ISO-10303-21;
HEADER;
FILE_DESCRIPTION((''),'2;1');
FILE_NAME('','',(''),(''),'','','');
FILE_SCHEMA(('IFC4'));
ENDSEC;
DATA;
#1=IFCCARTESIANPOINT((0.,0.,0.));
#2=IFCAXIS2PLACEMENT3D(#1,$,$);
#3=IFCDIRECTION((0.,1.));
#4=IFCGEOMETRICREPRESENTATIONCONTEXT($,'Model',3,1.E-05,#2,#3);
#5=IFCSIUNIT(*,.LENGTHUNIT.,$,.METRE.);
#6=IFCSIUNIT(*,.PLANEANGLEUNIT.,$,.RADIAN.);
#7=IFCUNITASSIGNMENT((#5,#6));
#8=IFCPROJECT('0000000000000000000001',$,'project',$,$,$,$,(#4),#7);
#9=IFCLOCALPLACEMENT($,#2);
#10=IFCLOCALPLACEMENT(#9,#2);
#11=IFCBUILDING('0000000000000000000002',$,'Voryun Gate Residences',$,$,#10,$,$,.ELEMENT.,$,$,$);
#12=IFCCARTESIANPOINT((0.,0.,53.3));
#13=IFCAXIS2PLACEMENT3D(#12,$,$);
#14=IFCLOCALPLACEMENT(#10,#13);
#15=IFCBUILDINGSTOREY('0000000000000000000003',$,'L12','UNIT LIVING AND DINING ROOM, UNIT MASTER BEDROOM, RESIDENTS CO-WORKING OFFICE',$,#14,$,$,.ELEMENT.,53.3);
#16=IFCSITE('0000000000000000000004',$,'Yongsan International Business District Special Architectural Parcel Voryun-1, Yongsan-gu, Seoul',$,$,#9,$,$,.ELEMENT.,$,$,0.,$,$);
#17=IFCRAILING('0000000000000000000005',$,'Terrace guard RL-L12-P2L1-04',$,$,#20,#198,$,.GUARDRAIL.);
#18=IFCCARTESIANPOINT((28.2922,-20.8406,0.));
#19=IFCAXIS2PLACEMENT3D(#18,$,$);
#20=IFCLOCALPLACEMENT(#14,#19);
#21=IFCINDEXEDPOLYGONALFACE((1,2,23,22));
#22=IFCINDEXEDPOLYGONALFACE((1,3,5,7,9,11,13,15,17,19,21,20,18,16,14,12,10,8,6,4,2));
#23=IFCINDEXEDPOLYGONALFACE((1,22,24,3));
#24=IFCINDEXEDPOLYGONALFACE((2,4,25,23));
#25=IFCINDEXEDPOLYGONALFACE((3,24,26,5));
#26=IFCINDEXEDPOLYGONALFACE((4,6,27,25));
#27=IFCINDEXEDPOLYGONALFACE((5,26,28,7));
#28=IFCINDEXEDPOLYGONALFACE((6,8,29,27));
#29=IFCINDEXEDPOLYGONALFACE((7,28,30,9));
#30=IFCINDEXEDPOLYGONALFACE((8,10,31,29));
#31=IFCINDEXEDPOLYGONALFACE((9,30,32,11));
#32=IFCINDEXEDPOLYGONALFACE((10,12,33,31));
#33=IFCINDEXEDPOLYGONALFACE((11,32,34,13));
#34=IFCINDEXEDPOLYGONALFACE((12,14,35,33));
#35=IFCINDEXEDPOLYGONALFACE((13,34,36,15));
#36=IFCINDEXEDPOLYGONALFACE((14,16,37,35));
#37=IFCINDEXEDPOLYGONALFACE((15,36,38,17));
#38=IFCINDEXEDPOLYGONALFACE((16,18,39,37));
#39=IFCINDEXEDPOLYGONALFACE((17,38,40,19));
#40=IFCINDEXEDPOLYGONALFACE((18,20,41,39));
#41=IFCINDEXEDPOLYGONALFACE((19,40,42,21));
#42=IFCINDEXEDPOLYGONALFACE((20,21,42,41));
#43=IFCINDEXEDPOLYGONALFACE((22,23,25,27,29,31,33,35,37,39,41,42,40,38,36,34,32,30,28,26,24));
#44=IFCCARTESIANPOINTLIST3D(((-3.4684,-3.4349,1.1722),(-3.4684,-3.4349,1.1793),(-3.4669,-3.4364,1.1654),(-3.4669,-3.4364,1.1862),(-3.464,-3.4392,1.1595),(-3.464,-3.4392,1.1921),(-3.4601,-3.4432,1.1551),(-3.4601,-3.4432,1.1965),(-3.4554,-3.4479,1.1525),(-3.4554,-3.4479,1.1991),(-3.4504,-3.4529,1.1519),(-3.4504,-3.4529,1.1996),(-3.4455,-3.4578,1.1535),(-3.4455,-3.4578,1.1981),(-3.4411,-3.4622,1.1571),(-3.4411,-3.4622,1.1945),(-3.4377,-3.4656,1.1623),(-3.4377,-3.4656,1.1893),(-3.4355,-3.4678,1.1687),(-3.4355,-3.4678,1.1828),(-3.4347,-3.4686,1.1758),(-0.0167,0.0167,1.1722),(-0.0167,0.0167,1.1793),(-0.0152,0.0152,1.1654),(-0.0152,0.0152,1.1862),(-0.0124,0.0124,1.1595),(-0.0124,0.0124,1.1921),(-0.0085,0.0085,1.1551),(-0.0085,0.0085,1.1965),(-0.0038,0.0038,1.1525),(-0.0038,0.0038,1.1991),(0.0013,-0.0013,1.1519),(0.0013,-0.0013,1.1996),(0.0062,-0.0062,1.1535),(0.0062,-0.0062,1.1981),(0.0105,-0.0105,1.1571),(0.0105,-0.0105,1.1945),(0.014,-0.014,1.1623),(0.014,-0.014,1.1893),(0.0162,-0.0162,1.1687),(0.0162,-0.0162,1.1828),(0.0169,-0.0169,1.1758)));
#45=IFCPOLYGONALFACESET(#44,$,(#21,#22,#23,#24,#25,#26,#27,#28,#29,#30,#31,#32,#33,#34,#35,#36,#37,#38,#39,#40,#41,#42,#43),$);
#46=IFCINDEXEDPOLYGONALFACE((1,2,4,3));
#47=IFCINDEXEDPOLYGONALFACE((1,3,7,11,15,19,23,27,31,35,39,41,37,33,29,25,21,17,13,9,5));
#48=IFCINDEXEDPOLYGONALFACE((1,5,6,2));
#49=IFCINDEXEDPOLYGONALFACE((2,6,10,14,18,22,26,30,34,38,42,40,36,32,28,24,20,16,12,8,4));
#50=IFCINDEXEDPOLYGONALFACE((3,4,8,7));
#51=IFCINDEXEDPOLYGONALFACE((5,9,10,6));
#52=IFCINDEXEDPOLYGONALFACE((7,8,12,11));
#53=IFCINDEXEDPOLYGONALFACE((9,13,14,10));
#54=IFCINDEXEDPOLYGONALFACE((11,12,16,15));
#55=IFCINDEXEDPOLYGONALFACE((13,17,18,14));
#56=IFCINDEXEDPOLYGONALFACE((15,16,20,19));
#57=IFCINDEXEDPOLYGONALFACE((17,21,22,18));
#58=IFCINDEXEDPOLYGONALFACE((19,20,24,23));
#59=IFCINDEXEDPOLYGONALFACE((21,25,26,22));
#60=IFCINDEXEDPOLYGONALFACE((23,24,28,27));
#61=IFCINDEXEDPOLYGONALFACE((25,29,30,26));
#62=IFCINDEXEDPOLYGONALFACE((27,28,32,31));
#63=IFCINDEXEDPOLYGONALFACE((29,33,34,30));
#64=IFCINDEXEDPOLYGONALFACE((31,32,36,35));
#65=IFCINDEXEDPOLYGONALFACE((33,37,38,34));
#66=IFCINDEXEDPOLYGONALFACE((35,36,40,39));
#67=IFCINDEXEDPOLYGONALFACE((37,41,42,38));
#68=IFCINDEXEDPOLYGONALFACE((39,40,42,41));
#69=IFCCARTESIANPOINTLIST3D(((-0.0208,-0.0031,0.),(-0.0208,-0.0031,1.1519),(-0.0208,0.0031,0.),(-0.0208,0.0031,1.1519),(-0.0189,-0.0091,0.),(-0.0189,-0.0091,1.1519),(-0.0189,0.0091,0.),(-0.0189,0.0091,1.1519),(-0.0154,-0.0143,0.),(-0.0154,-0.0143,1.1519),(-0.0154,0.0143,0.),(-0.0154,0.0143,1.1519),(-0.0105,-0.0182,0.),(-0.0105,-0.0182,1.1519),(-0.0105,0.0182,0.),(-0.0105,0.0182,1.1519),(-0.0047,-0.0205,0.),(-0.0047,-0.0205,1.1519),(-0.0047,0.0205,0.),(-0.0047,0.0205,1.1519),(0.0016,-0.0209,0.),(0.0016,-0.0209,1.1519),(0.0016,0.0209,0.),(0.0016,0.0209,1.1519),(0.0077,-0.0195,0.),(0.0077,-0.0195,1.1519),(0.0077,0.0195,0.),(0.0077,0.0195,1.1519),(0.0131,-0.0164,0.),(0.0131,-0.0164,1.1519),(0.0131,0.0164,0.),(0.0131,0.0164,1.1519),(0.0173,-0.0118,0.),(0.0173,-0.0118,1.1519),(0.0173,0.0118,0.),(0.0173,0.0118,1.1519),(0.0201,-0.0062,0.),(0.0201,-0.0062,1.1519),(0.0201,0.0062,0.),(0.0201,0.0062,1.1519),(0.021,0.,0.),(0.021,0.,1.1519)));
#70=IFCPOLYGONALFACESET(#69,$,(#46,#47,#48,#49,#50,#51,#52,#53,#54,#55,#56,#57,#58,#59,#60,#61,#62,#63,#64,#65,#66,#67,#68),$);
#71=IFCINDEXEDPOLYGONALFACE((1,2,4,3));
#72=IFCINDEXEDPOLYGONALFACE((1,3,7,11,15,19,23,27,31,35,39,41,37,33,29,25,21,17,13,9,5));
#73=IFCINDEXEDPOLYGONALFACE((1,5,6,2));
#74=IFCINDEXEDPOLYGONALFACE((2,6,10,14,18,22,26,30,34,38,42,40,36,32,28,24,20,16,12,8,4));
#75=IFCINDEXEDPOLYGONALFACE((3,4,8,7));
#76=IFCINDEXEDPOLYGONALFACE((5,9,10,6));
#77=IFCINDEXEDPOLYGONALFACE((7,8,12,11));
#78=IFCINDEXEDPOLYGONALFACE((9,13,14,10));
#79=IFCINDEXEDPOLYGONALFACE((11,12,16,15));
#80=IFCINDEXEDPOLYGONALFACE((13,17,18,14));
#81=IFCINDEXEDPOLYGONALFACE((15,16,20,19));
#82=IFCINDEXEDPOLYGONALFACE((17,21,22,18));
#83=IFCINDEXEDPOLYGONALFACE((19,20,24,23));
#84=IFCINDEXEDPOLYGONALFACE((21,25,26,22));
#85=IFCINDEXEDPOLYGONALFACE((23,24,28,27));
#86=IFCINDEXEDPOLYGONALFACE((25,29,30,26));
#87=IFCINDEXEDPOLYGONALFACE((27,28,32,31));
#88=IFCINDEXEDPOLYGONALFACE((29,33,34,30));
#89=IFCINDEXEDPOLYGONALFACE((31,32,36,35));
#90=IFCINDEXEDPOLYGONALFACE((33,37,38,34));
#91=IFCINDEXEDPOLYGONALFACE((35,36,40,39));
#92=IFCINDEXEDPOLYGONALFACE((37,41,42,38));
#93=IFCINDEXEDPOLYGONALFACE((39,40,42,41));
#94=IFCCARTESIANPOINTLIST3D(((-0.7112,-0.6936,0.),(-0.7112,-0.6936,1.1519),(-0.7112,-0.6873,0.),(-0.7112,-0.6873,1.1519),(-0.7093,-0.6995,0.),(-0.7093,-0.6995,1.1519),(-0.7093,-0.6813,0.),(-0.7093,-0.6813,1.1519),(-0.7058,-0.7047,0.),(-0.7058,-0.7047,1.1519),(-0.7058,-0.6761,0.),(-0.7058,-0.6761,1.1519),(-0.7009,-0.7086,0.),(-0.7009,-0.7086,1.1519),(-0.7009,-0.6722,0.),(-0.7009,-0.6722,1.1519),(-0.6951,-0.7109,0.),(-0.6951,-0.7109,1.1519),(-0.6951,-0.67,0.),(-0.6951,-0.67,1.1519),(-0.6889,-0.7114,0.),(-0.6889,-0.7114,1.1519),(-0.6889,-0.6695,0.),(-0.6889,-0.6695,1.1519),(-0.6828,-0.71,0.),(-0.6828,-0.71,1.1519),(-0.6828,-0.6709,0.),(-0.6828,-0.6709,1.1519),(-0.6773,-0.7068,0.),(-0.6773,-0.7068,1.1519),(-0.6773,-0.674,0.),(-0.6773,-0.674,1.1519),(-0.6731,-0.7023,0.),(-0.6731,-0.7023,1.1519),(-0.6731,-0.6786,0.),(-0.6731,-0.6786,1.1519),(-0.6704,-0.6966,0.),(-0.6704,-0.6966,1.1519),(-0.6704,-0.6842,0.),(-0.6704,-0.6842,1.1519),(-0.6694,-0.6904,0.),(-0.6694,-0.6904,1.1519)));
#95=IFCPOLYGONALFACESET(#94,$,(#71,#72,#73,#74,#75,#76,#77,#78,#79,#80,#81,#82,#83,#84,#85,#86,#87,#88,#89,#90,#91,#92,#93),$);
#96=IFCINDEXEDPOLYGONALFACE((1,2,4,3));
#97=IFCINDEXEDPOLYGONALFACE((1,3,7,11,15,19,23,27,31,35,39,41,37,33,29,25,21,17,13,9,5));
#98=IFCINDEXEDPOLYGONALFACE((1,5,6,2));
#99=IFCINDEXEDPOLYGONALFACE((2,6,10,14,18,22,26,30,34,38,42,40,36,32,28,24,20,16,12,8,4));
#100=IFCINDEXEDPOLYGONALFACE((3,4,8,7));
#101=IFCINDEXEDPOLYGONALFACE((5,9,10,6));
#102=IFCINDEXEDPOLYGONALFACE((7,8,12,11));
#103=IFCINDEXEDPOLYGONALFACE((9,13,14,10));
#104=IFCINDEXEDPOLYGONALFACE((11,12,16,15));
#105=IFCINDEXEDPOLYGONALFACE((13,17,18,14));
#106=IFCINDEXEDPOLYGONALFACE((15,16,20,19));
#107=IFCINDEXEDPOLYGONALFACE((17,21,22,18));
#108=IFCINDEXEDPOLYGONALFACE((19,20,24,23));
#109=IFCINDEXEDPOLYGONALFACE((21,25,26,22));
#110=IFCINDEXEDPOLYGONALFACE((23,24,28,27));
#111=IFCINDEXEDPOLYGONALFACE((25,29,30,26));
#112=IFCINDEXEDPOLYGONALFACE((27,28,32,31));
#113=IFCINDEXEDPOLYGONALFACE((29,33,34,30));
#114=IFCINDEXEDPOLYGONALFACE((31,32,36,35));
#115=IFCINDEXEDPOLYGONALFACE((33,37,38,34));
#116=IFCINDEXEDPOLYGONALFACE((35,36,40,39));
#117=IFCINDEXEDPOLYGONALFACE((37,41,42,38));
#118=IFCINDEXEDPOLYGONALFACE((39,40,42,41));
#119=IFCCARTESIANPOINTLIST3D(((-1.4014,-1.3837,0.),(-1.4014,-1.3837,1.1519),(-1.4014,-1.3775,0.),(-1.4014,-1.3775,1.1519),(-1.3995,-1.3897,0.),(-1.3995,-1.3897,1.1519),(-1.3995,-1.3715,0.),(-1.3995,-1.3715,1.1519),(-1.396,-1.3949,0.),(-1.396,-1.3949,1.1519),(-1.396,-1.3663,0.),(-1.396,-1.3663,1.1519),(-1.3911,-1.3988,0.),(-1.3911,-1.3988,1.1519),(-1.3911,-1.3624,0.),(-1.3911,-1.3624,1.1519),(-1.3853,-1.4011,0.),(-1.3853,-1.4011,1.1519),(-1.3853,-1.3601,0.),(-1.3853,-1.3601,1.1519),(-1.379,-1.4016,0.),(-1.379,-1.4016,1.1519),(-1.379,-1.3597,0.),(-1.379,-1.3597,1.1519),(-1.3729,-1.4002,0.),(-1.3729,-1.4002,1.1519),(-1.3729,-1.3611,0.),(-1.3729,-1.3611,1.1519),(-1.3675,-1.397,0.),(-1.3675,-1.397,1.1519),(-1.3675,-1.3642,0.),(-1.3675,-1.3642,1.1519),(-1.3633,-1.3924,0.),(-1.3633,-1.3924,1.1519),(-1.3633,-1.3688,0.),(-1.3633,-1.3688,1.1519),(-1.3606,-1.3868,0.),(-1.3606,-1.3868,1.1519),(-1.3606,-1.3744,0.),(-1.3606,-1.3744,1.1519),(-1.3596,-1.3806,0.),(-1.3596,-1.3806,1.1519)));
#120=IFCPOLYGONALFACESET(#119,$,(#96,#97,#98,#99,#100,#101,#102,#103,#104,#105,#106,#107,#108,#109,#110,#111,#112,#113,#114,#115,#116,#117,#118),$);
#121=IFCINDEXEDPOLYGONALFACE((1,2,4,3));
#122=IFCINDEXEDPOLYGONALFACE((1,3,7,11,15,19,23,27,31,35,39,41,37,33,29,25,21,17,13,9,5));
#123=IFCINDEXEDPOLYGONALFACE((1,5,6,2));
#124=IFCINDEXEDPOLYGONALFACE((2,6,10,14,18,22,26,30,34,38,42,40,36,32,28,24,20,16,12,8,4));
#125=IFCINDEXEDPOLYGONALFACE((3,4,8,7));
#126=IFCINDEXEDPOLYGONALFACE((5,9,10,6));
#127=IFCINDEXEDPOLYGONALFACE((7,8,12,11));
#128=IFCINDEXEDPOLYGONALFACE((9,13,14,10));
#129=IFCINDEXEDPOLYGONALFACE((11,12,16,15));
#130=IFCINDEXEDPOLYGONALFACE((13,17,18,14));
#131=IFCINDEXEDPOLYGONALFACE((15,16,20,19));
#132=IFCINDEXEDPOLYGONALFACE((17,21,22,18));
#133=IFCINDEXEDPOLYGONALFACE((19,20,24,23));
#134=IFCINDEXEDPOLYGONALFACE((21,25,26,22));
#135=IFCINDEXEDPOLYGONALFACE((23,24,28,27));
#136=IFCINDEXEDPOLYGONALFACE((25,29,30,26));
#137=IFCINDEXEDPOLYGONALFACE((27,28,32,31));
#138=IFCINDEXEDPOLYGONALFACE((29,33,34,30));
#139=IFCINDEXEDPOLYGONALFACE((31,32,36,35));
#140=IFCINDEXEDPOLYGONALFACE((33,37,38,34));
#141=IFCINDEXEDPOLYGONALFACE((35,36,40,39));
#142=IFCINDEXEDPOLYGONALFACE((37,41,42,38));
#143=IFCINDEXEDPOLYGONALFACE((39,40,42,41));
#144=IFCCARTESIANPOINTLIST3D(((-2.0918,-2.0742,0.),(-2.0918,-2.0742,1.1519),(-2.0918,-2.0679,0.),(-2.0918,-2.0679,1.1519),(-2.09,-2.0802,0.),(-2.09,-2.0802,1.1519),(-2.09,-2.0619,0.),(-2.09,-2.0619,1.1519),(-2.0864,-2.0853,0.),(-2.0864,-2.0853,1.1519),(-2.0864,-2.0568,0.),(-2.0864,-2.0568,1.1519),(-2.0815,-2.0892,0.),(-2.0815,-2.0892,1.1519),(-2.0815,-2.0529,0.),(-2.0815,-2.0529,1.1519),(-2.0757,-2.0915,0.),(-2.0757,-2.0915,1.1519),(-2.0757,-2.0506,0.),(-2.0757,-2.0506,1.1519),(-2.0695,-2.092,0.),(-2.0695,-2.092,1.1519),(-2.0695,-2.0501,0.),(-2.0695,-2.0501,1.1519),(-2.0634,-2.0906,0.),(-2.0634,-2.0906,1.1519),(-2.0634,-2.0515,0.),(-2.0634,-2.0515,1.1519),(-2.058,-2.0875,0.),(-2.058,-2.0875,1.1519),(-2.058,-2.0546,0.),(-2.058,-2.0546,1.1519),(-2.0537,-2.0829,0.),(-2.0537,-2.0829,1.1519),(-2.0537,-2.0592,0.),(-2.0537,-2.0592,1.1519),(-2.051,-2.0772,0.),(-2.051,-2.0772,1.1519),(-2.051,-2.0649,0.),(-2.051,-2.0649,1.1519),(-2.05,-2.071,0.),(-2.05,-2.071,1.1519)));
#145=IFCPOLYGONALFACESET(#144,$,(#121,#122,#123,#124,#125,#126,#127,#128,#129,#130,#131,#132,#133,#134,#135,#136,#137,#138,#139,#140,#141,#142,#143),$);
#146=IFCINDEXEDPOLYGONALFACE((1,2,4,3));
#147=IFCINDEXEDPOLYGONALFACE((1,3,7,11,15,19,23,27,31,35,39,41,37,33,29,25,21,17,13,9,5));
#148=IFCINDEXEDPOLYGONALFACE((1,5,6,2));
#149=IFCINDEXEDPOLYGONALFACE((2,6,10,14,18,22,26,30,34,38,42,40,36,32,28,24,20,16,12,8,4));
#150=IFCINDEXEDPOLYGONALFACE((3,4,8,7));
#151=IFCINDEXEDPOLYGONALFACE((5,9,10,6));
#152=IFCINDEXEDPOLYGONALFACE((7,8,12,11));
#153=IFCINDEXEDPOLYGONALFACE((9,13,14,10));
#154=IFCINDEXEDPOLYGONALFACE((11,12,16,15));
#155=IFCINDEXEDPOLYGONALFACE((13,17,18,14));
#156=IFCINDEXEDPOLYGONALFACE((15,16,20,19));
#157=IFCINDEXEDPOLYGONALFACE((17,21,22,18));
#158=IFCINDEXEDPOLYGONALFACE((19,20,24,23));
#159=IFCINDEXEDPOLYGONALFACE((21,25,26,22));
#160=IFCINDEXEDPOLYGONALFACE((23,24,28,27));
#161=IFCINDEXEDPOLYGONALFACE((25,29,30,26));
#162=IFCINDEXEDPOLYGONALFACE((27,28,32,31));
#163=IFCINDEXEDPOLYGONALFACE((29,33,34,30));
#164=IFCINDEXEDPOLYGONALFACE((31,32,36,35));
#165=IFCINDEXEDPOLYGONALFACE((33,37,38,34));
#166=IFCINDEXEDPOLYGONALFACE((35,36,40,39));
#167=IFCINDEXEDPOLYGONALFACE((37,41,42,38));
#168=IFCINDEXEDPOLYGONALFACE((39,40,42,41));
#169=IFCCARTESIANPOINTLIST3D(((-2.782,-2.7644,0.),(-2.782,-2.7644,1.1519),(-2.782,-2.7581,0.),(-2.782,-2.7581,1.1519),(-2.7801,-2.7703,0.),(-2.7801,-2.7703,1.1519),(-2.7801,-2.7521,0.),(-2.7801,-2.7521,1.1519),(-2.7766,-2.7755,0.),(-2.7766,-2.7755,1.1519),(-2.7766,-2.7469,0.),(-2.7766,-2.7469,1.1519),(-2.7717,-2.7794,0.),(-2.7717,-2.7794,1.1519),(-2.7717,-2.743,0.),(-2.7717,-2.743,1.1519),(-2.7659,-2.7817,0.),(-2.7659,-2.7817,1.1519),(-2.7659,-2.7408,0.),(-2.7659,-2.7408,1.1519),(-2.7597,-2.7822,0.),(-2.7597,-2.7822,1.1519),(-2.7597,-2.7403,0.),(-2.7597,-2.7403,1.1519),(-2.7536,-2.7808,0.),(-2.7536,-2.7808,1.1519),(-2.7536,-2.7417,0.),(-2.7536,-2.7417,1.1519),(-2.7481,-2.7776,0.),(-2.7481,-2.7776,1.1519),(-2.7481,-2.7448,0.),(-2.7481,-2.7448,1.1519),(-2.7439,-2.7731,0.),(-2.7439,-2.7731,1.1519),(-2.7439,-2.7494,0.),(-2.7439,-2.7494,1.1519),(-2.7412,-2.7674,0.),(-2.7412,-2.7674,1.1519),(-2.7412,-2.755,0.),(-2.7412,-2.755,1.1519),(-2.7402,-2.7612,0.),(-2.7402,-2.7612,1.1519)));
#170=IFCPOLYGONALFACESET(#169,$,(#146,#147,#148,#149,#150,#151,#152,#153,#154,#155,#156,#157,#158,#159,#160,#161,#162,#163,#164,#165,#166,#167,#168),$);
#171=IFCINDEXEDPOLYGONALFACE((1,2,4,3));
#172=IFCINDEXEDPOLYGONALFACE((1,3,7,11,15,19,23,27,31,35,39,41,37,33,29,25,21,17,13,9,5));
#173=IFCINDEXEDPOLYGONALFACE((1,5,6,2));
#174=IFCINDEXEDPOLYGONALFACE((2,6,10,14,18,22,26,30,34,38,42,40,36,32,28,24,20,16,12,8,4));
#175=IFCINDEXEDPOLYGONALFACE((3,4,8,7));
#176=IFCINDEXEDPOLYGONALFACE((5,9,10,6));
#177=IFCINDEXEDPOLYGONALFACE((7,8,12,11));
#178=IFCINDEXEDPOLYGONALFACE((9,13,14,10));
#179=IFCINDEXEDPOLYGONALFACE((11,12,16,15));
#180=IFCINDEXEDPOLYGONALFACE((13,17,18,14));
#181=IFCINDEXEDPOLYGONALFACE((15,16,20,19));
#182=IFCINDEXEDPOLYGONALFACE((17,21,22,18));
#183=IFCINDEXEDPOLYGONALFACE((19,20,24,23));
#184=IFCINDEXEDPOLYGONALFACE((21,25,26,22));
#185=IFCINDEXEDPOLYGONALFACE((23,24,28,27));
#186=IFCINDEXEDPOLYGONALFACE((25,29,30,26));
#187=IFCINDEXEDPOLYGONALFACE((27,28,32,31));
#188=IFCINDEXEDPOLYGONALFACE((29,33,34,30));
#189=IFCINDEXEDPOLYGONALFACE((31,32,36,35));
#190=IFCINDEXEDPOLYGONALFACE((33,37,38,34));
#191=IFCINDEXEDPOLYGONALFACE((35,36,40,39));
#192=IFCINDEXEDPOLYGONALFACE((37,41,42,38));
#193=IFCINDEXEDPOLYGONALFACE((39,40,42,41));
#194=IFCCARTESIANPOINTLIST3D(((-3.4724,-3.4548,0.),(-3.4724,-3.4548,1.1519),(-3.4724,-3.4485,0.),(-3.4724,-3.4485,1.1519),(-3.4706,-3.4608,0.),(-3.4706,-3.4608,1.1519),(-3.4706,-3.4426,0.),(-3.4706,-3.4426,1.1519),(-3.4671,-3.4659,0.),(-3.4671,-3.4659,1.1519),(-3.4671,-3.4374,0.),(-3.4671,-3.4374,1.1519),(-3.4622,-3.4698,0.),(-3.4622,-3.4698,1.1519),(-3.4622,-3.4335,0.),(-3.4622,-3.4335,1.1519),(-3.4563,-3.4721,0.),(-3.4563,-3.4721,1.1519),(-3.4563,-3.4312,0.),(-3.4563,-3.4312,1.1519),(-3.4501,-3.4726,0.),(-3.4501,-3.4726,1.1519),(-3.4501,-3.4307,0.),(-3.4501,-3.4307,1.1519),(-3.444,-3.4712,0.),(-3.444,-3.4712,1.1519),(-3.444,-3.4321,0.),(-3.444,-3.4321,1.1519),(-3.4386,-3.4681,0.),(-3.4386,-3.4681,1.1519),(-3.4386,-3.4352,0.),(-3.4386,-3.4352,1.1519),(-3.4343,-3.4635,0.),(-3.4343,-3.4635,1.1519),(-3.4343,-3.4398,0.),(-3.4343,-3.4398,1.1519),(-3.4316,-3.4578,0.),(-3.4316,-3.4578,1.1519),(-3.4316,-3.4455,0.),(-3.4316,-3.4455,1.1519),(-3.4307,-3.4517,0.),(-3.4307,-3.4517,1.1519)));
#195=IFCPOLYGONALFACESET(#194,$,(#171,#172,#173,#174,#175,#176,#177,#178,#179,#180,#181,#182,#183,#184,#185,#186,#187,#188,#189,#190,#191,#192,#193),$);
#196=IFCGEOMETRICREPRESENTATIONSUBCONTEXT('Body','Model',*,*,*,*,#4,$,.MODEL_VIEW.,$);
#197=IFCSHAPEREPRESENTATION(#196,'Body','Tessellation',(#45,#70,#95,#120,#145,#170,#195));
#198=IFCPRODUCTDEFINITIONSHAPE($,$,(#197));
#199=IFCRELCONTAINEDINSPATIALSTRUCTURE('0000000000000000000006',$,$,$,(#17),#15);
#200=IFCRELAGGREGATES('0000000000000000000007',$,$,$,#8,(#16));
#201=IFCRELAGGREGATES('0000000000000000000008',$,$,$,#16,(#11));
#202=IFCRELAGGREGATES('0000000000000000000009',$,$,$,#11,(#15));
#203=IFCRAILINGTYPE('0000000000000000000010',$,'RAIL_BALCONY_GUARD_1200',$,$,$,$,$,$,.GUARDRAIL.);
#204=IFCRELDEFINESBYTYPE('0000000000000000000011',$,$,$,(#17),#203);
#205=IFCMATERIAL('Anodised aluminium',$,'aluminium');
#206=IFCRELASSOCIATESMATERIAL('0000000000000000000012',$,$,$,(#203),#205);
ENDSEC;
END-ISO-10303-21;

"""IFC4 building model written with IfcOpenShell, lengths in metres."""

from ifc_helpers import new_model, si_unit, direction, frame, origin, origin_2d, place, context, subcontext, project, spatial, circle, extrude, material, type_object, element, save


model = new_model("IFC4")

# Units and contexts
model_context = context("Model", 3, precision=1e-05, world=origin(), true_north=direction((0.0, 1.0)))
body_context = subcontext(model_context, "Body", "Model", "MODEL_VIEW")
ifc_project = project(units=[si_unit("LENGTHUNIT", "METRE"), si_unit("PLANEANGLEUNIT", "RADIAN")], contexts=[model_context])

# Site, building, storey
site_placement = place(None, origin())
site = spatial("IfcSite", under=ifc_project, at=site_placement, Name="Yongsan International Business District Special Architectural Parcel Voryun-1, Yongsan-gu, Seoul", CompositionType="ELEMENT", RefElevation=0.0)
building_placement = place(site_placement, origin())
building = spatial("IfcBuilding", under=site, at=building_placement, Name="Voryun Gate Residences", CompositionType="ELEMENT")
storey_placement = place(building_placement, frame((0.0, 0.0, 53.3)))
storey = spatial("IfcBuildingStorey", under=building, at=storey_placement, Name="L12", Description="UNIT LIVING AND DINING ROOM, UNIT MASTER BEDROOM, RESIDENTS CO-WORKING OFFICE", CompositionType="ELEMENT", Elevation=53.3)

# Railing
ifc_material_1 = material(Name="Anodised aluminium", Category="aluminium")
railing_type = type_object("IfcRailingType", Name="RAIL_BALCONY_GUARD_1200", PredefinedType="GUARDRAIL", material=ifc_material_1)
railing_1_placement = place(storey_placement, frame((28.2922, -20.8406, 0.0)))
element("IfcRailing", 1, at=railing_1_placement, inside=storey, type_object=railing_type, Name="Terrace guard RL-L12-P2L1-04", PredefinedType="GUARDRAIL", context=body_context, shape_type="SweptSolid", body=[
    extrude(circle(Radius=0.0239, at=origin_2d()), frame((0.0, 0.0, 1.1758), z_axis=(-0.707107, -0.707107, 0.0), x_axis=(0.707107, -0.707107, 0.0)), (0.0, 0.0, 1.0), 4.8813),
    extrude(circle(Radius=0.021, at=origin_2d()), origin(), (0.0, 0.0, 1.0), 1.1519),
    extrude(circle(Radius=0.021, at=origin_2d()), frame((-0.6904, -0.6904, 0.0)), (0.0, 0.0, 1.0), 1.1519),
    extrude(circle(Radius=0.021, at=origin_2d()), frame((-1.3806, -1.3806, 0.0)), (0.0, 0.0, 1.0), 1.1519),
    extrude(circle(Radius=0.021, at=origin_2d()), frame((-2.071, -2.071, 0.0)), (0.0, 0.0, 1.0), 1.1519),
    extrude(circle(Radius=0.021, at=origin_2d()), frame((-2.7612, -2.7612, 0.0)), (0.0, 0.0, 1.0), 1.1519),
    extrude(circle(Radius=0.021, at=origin_2d()), frame((-3.4517, -3.4517, 0.0)), (0.0, 0.0, 1.0), 1.1519),
])

save(model, "model.ifc")
